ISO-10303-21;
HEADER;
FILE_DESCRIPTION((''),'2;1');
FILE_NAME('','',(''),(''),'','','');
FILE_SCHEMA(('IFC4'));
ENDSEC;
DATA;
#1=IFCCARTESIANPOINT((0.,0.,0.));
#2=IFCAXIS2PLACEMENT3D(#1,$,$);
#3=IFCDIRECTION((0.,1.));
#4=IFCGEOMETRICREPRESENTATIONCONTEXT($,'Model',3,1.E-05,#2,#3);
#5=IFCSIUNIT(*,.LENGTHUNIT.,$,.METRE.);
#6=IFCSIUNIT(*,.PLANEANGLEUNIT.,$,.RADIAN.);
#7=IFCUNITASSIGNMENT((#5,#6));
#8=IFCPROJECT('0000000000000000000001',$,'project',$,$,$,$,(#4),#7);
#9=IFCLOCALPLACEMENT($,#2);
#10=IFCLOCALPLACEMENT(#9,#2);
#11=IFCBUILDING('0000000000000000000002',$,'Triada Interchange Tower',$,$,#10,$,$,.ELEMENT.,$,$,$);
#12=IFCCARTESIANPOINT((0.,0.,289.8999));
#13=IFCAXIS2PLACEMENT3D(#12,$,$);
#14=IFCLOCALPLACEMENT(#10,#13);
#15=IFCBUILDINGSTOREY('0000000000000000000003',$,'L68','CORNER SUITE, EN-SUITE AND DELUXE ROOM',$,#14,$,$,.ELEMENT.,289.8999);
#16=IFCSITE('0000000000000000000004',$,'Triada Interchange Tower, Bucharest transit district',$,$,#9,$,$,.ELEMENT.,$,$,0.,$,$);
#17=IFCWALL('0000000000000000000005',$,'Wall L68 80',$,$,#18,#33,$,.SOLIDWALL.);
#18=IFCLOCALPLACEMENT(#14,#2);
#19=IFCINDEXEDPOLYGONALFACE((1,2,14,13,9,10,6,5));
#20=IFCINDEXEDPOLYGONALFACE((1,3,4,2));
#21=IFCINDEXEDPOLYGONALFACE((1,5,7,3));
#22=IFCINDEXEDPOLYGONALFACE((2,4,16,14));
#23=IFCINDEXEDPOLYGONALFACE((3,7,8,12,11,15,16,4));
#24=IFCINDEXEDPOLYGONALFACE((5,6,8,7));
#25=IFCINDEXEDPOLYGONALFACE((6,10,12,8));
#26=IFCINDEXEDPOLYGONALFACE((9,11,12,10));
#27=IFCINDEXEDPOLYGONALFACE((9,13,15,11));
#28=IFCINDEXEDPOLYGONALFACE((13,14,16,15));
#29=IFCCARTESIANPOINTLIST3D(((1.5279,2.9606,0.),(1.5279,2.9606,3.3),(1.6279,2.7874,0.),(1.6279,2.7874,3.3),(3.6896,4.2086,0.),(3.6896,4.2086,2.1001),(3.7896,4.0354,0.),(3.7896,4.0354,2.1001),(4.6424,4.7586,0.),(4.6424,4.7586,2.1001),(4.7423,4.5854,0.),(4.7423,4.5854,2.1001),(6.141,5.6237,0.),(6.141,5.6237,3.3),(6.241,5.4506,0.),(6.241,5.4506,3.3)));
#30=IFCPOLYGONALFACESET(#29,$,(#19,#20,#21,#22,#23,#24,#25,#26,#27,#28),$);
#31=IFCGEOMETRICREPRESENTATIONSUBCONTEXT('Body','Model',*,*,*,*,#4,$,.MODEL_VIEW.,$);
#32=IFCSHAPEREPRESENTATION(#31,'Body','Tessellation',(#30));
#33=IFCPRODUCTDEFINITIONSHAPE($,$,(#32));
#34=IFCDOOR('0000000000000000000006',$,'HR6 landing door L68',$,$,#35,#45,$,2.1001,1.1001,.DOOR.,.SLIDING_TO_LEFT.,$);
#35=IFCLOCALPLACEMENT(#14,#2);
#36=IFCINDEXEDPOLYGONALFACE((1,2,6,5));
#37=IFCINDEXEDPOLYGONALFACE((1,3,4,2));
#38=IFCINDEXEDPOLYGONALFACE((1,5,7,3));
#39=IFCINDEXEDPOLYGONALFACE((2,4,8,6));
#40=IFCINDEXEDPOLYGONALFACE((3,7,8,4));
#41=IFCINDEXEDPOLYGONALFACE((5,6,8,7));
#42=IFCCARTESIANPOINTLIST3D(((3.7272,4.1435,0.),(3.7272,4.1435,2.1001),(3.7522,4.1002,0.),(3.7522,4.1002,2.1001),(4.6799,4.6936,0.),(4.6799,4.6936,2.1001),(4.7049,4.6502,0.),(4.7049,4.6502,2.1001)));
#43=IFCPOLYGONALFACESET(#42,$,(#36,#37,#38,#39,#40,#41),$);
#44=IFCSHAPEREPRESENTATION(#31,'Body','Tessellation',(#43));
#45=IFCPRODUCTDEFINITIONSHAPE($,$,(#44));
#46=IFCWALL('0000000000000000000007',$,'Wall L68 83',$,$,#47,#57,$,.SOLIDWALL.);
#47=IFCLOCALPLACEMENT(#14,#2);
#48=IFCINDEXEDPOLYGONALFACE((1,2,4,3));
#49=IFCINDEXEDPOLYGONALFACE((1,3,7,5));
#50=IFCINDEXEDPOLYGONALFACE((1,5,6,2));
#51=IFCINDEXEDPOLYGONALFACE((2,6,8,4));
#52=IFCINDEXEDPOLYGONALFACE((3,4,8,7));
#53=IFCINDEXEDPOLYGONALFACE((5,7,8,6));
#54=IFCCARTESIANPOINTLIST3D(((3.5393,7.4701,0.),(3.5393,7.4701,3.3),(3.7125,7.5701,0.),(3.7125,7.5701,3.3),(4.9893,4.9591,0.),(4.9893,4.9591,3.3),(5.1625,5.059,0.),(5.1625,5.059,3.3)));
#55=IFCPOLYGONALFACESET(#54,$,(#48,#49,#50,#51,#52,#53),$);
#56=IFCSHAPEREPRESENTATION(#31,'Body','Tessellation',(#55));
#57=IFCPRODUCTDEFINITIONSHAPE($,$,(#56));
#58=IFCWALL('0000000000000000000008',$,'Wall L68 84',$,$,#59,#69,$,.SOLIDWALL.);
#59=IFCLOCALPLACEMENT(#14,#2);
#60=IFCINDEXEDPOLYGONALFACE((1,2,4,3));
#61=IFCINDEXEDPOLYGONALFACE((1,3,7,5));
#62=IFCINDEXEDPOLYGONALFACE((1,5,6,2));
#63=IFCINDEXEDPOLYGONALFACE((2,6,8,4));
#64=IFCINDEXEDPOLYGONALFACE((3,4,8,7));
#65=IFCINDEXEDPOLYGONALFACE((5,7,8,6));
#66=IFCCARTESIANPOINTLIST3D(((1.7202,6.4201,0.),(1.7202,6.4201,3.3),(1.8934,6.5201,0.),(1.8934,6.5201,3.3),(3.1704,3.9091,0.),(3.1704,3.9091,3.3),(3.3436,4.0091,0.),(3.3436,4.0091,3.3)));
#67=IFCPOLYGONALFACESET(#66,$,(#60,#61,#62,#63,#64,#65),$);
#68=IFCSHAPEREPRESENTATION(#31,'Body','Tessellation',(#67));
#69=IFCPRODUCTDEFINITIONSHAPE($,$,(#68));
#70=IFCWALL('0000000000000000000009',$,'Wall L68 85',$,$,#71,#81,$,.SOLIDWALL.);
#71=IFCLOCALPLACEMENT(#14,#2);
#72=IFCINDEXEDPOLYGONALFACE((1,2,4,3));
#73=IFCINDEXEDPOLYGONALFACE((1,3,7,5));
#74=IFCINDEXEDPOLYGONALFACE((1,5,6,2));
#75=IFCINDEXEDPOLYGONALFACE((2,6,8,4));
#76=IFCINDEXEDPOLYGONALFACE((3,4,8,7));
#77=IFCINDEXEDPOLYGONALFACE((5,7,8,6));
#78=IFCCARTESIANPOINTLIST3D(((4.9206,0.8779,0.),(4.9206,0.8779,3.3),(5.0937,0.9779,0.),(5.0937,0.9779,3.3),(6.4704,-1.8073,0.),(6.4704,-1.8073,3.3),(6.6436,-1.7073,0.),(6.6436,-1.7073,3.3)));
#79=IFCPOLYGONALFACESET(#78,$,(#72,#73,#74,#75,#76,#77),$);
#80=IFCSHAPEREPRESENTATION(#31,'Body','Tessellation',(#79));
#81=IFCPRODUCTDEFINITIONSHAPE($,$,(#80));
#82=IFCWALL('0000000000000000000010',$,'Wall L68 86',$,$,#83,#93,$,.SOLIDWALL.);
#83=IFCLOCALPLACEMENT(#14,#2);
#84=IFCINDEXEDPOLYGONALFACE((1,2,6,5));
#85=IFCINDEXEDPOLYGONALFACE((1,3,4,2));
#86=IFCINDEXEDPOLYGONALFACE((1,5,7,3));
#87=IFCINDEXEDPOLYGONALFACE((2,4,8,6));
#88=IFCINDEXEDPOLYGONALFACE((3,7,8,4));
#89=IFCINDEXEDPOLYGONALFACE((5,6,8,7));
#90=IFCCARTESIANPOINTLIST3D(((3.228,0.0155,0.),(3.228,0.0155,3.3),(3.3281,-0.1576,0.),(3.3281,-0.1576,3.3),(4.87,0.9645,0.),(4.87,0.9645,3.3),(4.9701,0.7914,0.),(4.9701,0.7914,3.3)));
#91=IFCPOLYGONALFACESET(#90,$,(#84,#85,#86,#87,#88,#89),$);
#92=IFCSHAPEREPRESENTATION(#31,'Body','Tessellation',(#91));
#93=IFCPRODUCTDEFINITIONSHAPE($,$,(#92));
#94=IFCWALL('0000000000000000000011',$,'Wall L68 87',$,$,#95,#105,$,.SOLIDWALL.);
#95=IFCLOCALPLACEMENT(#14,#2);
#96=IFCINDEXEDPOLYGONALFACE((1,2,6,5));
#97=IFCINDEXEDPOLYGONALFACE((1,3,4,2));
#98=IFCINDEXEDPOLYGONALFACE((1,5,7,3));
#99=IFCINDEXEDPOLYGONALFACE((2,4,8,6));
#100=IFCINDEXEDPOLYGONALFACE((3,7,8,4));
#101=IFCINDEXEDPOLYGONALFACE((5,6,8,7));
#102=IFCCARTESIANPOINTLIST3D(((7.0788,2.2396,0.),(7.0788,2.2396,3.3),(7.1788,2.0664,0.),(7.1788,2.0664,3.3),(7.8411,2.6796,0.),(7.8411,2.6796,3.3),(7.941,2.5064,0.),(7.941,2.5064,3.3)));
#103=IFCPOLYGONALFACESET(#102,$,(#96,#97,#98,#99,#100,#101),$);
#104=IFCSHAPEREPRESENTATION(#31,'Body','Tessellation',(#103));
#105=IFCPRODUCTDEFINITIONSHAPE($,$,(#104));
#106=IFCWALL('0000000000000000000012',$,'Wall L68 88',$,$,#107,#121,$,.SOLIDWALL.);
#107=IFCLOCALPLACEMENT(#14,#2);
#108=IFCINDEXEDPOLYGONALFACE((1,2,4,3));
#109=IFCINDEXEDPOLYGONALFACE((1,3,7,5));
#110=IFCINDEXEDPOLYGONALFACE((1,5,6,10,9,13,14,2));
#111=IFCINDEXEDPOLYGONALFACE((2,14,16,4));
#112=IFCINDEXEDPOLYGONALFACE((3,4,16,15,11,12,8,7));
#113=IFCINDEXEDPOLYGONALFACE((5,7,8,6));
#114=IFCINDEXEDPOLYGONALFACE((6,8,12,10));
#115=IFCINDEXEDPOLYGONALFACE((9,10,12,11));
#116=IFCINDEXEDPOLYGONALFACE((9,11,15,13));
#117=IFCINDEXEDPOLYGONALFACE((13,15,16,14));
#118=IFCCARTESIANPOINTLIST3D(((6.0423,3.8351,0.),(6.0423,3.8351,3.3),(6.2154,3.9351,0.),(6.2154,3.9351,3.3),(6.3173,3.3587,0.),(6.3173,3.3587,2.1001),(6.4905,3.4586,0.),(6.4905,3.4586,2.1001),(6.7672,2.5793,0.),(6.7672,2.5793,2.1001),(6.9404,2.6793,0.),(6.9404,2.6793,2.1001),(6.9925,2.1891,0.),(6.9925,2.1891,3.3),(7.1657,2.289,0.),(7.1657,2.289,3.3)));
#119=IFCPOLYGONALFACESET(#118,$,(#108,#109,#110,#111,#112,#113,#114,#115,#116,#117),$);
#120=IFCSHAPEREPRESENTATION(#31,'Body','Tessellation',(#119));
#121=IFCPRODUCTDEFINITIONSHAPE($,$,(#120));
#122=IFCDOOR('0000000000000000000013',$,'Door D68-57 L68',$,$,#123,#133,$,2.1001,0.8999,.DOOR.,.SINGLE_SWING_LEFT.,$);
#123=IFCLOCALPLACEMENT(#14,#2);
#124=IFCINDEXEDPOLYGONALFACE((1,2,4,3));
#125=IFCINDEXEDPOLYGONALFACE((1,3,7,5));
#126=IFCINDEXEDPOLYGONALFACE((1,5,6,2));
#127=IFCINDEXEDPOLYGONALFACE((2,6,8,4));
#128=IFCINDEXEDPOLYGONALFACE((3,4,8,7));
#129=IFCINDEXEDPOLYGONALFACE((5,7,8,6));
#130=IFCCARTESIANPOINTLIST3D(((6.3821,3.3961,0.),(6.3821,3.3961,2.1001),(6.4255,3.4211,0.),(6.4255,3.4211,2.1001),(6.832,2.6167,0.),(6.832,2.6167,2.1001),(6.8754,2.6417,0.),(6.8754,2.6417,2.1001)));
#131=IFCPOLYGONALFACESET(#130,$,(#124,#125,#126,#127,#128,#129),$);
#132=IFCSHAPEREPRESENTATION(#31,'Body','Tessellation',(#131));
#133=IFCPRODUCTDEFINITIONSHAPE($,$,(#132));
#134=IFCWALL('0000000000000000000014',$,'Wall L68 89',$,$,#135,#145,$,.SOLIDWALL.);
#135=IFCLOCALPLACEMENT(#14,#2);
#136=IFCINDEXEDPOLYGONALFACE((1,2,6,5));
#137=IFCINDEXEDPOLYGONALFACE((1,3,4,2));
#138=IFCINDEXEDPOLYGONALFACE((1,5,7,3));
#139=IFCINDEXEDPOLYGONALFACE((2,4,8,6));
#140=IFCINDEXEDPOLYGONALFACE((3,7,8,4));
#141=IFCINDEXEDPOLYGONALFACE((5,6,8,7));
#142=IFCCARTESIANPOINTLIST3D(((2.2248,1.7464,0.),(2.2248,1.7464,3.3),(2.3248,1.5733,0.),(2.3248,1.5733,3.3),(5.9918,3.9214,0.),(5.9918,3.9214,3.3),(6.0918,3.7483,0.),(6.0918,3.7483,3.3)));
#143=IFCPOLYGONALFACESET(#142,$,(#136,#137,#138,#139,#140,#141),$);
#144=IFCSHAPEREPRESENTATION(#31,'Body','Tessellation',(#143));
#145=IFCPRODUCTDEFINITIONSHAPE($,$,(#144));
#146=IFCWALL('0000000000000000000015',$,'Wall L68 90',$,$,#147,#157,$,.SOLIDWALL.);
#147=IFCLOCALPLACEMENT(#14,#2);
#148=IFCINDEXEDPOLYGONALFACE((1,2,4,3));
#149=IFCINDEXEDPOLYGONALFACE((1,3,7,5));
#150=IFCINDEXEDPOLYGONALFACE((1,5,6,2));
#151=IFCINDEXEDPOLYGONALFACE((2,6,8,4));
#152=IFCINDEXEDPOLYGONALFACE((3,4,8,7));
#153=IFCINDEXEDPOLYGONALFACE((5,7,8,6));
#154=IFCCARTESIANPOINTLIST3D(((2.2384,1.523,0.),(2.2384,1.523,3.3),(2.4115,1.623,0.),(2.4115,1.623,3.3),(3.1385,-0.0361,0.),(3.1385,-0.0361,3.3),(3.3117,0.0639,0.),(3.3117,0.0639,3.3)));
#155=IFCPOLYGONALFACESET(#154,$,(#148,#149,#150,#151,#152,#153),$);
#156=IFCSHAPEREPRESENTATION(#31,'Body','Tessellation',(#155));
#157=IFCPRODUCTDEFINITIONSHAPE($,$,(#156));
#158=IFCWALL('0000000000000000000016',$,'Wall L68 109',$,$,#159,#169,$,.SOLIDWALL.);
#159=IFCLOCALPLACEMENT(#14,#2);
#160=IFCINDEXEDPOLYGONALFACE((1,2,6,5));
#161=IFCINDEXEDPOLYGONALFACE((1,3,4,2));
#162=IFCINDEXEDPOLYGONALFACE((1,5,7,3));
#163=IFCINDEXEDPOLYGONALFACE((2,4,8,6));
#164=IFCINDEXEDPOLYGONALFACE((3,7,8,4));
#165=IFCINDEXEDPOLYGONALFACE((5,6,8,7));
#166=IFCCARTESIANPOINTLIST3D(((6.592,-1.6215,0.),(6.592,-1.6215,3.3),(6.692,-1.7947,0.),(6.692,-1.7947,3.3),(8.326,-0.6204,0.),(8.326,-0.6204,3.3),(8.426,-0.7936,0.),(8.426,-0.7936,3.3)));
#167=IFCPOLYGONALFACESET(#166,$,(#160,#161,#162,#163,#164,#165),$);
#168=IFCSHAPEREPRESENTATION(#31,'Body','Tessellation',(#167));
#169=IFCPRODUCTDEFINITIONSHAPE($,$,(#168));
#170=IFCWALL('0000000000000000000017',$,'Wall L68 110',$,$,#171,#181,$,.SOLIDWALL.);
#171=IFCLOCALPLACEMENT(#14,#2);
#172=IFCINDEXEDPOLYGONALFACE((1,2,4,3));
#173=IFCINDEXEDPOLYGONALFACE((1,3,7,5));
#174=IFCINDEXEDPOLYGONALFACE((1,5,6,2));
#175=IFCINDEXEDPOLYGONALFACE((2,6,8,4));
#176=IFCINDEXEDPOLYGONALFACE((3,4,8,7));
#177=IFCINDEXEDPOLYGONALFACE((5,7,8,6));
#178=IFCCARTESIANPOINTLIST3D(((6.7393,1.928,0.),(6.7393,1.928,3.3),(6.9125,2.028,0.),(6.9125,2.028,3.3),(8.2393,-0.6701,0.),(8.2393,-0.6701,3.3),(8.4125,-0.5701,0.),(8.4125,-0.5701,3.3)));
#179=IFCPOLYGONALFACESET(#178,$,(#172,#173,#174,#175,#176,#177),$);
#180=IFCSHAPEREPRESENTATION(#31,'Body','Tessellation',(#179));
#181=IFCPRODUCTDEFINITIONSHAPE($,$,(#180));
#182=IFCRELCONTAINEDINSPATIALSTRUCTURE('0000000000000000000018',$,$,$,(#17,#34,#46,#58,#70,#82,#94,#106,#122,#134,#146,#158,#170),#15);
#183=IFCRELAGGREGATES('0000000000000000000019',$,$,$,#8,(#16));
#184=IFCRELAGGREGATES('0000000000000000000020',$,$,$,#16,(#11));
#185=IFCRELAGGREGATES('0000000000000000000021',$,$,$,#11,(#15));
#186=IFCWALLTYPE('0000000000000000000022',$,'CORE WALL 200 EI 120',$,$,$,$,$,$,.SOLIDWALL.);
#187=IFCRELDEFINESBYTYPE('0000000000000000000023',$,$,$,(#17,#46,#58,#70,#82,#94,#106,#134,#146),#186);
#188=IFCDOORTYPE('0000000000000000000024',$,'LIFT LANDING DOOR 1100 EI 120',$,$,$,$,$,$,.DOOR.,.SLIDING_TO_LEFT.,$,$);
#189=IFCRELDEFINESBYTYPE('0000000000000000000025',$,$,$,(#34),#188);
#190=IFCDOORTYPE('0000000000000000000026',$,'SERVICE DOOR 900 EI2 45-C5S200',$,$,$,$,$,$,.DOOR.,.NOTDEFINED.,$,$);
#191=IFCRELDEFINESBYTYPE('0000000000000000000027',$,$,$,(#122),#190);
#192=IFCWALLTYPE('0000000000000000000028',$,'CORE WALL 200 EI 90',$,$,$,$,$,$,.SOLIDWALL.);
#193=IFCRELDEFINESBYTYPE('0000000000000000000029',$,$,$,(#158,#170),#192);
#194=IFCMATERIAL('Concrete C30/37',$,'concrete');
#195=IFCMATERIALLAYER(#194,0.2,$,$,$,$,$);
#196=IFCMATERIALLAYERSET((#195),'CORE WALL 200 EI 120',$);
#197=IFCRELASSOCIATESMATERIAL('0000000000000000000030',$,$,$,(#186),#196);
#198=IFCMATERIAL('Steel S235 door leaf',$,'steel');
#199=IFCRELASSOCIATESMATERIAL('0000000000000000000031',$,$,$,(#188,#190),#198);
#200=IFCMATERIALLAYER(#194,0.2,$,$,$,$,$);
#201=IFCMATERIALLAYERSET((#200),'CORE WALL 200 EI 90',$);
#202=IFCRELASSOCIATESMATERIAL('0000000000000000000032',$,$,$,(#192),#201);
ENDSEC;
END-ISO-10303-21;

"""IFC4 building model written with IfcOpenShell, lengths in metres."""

from ifc_helpers import new_model, si_unit, direction, frame, frame_2d, origin, place, context, subcontext, project, spatial, rectangle, extrude, material, layer, layer_set, type_object, element, fill, save


model = new_model("IFC4")

# Units and contexts
model_context = context("Model", 3, precision=1e-05, world=origin(), true_north=direction((0.0, 1.0)))
body_context = subcontext(model_context, "Body", "Model", "MODEL_VIEW")
ifc_project = project(units=[si_unit("LENGTHUNIT", "METRE"), si_unit("PLANEANGLEUNIT", "RADIAN")], contexts=[model_context])

# Site, building, storey
site_placement = place(None, origin())
site = spatial("IfcSite", under=ifc_project, at=site_placement, Name="Triada Interchange Tower, Bucharest transit district", CompositionType="ELEMENT", RefElevation=0.0)
building_placement = place(site_placement, origin())
building = spatial("IfcBuilding", under=site, at=building_placement, Name="Triada Interchange Tower", CompositionType="ELEMENT")
storey_placement = place(building_placement, frame((0.0, 0.0, 289.8999)))
storey = spatial("IfcBuildingStorey", under=building, at=storey_placement, Name="L68", Description="CORNER SUITE, EN-SUITE AND DELUXE ROOM", CompositionType="ELEMENT", Elevation=289.8999)

# Shared definitions
ifc_material_1 = material(Name="Concrete C30/37", Category="concrete")
ifc_layer_1 = layer(ifc_material_1, 0.2)
ifc_layer_set_1 = layer_set([ifc_layer_1], Name="CORE WALL 200 EI 120")
wall_type_1 = type_object("IfcWallType", Name="CORE WALL 200 EI 120", PredefinedType="SOLIDWALL", material=ifc_layer_set_1)
ifc_material_2 = material(Name="Steel S235 door leaf", Category="steel")
door_type_1 = type_object("IfcDoorType", Name="LIFT LANDING DOOR 1100 EI 120", OperationType="SLIDING_TO_LEFT", PredefinedType="DOOR", material=ifc_material_2)

# Wall, opening, door
wall_1_placement = place(storey_placement, frame((1.5779, 2.874, 0.0), z_axis=(0.0, 0.0, 1.0), x_axis=(0.866046, 0.499964, 0.0)))
wall_1 = element("IfcWall", 1, at=wall_1_placement, inside=storey, type_object=wall_type_1, Name="Wall L68 80", PredefinedType="SOLIDWALL", context=body_context, shape_type="SweptSolid", body=[
    extrude(rectangle(XDim=5.3267, YDim=0.2, at=frame_2d((2.6633, 0.0))), origin(), (0.0, 0.0, 1.0), 3.3),
])
opening_1_placement = place(wall_1_placement, frame((2.4961, 0.0, 0.0)))
opening_1 = element("IfcOpeningElement", 2, at=opening_1_placement, cuts=wall_1, PredefinedType="OPENING", context=body_context, shape_type="SweptSolid", body=[
    extrude(rectangle(XDim=1.1001, YDim=2.1001, at=frame_2d((0.55, 1.05))), frame((0.0, 0.1099, 0.0), z_axis=(0.0, -1.0, 0.0), x_axis=(1.0, 0.0, 0.0)), (0.0, 0.0, 1.0), 0.22),
])
door_1_placement = place(opening_1_placement, origin())
door_1 = element("IfcDoor", 3, at=door_1_placement, inside=storey, type_object=door_type_1, Name="HR6 landing door L68", OperationType="SLIDING_TO_LEFT", OverallHeight=2.1001, OverallWidth=1.1001, PredefinedType="DOOR", context=body_context, shape_type="SweptSolid", body=[
    extrude(rectangle(XDim=1.1001, YDim=2.1001, at=frame_2d((0.55, 1.05))), frame((0.0, 0.0249, 0.0), z_axis=(0.0, -1.0, 0.0), x_axis=(1.0, 0.0, 0.0)), (0.0, 0.0, 1.0), 0.05),
])
fill(opening_1, door_1)

# Walls
for number, where, z_axis, x_axis, name in (
    (4, (3.626, 7.52, 0.0), (0.0, 0.0, 1.0), (0.50006, -0.865991, 0.0), "Wall L68 83"),
    (5, (1.8069, 6.47, 0.0), (0.0, 0.0, 1.0), (0.500123, -0.865954, 0.0), "Wall L68 84"),
):
    element("IfcWall", number, at=place(storey_placement, frame(where, z_axis=z_axis, x_axis=x_axis)), inside=storey, type_object=wall_type_1, Name=name, PredefinedType="SOLIDWALL", context=body_context, shape_type="SweptSolid", body=[
        extrude(rectangle(XDim=2.8997, YDim=0.2, at=frame_2d((1.4497, 0.0))), origin(), (0.0, 0.0, 1.0), 3.3),
    ])
wall_2_placement = place(storey_placement, frame((5.0071, 0.928, 0.0), z_axis=(0.0, 0.0, 1.0), x_axis=(0.4999, -0.866083, 0.0)))
element("IfcWall", 6, at=wall_2_placement, inside=storey, type_object=wall_type_1, Name="Wall L68 85", PredefinedType="SOLIDWALL", context=body_context, shape_type="SweptSolid", body=[
    extrude(rectangle(XDim=3.1003, YDim=0.2, at=frame_2d((1.5503, 0.0))), origin(), (0.0, 0.0, 1.0), 3.3),
])
wall_3_placement = place(storey_placement, frame((3.2781, -0.071, 0.0), z_axis=(0.0, 0.0, 1.0), x_axis=(0.865785, 0.500417, 0.0)))
element("IfcWall", 7, at=wall_3_placement, inside=storey, type_object=wall_type_1, Name="Wall L68 86", PredefinedType="SOLIDWALL", context=body_context, shape_type="SweptSolid", body=[
    extrude(rectangle(XDim=1.8965, YDim=0.2, at=frame_2d((0.9482, 0.0))), origin(), (0.0, 0.0, 1.0), 3.3),
])
wall_4_placement = place(storey_placement, frame((7.1289, 2.1531, 0.0), z_axis=(0.0, 0.0, 1.0), x_axis=(0.866084, 0.499899, 0.0)))
element("IfcWall", 8, at=wall_4_placement, inside=storey, type_object=wall_type_1, Name="Wall L68 87", PredefinedType="SOLIDWALL", context=body_context, shape_type="SweptSolid", body=[
    extrude(rectangle(XDim=0.8801, YDim=0.2, at=frame_2d((0.4399, 0.0))), origin(), (0.0, 0.0, 1.0), 3.3),
])

# Wall, opening, door
wall_5_placement = place(storey_placement, frame((6.1289, 3.885, 0.0), z_axis=(0.0, 0.0, 1.0), x_axis=(0.499952, -0.866053, 0.0)))
wall_5 = element("IfcWall", 9, at=wall_5_placement, inside=storey, type_object=wall_type_1, Name="Wall L68 88", PredefinedType="SOLIDWALL", context=body_context, shape_type="SweptSolid", body=[
    extrude(rectangle(XDim=1.9006, YDim=0.2, at=frame_2d((0.9502, 0.0))), origin(), (0.0, 0.0, 1.0), 3.3),
])
opening_2_placement = place(wall_5_placement, frame((0.55, 0.0, 0.0)))
opening_2 = element("IfcOpeningElement", 10, at=opening_2_placement, cuts=wall_5, PredefinedType="OPENING", context=body_context, shape_type="SweptSolid", body=[
    extrude(rectangle(XDim=0.8999, YDim=2.1001, at=frame_2d((0.45, 1.05))), frame((0.0, 0.1099, 0.0), z_axis=(0.0, -1.0, 0.0), x_axis=(1.0, 0.0, 0.0)), (0.0, 0.0, 1.0), 0.22),
])
door_type_2 = type_object("IfcDoorType", Name="SERVICE DOOR 900 EI2 45-C5S200", OperationType="NOTDEFINED", PredefinedType="DOOR", material=ifc_material_2)
door_2_placement = place(opening_2_placement, origin())
door_2 = element("IfcDoor", 11, at=door_2_placement, inside=storey, type_object=door_type_2, Name="Door D68-57 L68", OperationType="SINGLE_SWING_LEFT", OverallHeight=2.1001, OverallWidth=0.8999, PredefinedType="DOOR", context=body_context, shape_type="SweptSolid", body=[
    extrude(rectangle(XDim=0.8999, YDim=2.1001, at=frame_2d((0.45, 1.05))), frame((0.0, 0.0249, 0.0), z_axis=(0.0, -1.0, 0.0), x_axis=(1.0, 0.0, 0.0)), (0.0, 0.0, 1.0), 0.05),
])
fill(opening_2, door_2)

# Walls
wall_6_placement = place(storey_placement, frame((2.2749, 1.6599, 0.0), z_axis=(0.0, 0.0, 1.0), x_axis=(0.866014, 0.50002, 0.0)))
element("IfcWall", 12, at=wall_6_placement, inside=storey, type_object=wall_type_1, Name="Wall L68 89", PredefinedType="SOLIDWALL", context=body_context, shape_type="SweptSolid", body=[
    extrude(rectangle(XDim=4.3499, YDim=0.2, at=frame_2d((2.1748, 0.0))), origin(), (0.0, 0.0, 1.0), 3.3),
])
wall_7_placement = place(storey_placement, frame((2.325, 1.573, 0.0), z_axis=(0.0, 0.0, 1.0), x_axis=(0.500004, -0.866023, 0.0)))
element("IfcWall", 13, at=wall_7_placement, inside=storey, type_object=wall_type_1, Name="Wall L68 90", PredefinedType="SOLIDWALL", context=body_context, shape_type="SweptSolid", body=[
    extrude(rectangle(XDim=1.8003, YDim=0.2, at=frame_2d((0.9001, 0.0))), origin(), (0.0, 0.0, 1.0), 3.3),
])
ifc_layer_2 = layer(ifc_material_1, 0.2)
ifc_layer_set_2 = layer_set([ifc_layer_2], Name="CORE WALL 200 EI 90")
wall_type_2 = type_object("IfcWallType", Name="CORE WALL 200 EI 90", PredefinedType="SOLIDWALL", material=ifc_layer_set_2)
wall_8_placement = place(storey_placement, frame((6.6421, -1.708, 0.0), z_axis=(0.0, 0.0, 1.0), x_axis=(0.866043, 0.499969, 0.0)))
element("IfcWall", 14, at=wall_8_placement, inside=storey, type_object=wall_type_2, Name="Wall L68 109", PredefinedType="SOLIDWALL", context=body_context, shape_type="SweptSolid", body=[
    extrude(rectangle(XDim=2.0022, YDim=0.2, at=frame_2d((1.001, 0.0))), origin(), (0.0, 0.0, 1.0), 3.3),
])
wall_9_placement = place(storey_placement, frame((6.8259, 1.978, 0.0), z_axis=(0.0, 0.0, 1.0), x_axis=(0.49999, -0.866031, 0.0)))
element("IfcWall", 15, at=wall_9_placement, inside=storey, type_object=wall_type_2, Name="Wall L68 110", PredefinedType="SOLIDWALL", context=body_context, shape_type="SweptSolid", body=[
    extrude(rectangle(XDim=3.0, YDim=0.2, at=frame_2d((1.5, 0.0))), origin(), (0.0, 0.0, 1.0), 3.3),
])

save(model, "model.ifc")
